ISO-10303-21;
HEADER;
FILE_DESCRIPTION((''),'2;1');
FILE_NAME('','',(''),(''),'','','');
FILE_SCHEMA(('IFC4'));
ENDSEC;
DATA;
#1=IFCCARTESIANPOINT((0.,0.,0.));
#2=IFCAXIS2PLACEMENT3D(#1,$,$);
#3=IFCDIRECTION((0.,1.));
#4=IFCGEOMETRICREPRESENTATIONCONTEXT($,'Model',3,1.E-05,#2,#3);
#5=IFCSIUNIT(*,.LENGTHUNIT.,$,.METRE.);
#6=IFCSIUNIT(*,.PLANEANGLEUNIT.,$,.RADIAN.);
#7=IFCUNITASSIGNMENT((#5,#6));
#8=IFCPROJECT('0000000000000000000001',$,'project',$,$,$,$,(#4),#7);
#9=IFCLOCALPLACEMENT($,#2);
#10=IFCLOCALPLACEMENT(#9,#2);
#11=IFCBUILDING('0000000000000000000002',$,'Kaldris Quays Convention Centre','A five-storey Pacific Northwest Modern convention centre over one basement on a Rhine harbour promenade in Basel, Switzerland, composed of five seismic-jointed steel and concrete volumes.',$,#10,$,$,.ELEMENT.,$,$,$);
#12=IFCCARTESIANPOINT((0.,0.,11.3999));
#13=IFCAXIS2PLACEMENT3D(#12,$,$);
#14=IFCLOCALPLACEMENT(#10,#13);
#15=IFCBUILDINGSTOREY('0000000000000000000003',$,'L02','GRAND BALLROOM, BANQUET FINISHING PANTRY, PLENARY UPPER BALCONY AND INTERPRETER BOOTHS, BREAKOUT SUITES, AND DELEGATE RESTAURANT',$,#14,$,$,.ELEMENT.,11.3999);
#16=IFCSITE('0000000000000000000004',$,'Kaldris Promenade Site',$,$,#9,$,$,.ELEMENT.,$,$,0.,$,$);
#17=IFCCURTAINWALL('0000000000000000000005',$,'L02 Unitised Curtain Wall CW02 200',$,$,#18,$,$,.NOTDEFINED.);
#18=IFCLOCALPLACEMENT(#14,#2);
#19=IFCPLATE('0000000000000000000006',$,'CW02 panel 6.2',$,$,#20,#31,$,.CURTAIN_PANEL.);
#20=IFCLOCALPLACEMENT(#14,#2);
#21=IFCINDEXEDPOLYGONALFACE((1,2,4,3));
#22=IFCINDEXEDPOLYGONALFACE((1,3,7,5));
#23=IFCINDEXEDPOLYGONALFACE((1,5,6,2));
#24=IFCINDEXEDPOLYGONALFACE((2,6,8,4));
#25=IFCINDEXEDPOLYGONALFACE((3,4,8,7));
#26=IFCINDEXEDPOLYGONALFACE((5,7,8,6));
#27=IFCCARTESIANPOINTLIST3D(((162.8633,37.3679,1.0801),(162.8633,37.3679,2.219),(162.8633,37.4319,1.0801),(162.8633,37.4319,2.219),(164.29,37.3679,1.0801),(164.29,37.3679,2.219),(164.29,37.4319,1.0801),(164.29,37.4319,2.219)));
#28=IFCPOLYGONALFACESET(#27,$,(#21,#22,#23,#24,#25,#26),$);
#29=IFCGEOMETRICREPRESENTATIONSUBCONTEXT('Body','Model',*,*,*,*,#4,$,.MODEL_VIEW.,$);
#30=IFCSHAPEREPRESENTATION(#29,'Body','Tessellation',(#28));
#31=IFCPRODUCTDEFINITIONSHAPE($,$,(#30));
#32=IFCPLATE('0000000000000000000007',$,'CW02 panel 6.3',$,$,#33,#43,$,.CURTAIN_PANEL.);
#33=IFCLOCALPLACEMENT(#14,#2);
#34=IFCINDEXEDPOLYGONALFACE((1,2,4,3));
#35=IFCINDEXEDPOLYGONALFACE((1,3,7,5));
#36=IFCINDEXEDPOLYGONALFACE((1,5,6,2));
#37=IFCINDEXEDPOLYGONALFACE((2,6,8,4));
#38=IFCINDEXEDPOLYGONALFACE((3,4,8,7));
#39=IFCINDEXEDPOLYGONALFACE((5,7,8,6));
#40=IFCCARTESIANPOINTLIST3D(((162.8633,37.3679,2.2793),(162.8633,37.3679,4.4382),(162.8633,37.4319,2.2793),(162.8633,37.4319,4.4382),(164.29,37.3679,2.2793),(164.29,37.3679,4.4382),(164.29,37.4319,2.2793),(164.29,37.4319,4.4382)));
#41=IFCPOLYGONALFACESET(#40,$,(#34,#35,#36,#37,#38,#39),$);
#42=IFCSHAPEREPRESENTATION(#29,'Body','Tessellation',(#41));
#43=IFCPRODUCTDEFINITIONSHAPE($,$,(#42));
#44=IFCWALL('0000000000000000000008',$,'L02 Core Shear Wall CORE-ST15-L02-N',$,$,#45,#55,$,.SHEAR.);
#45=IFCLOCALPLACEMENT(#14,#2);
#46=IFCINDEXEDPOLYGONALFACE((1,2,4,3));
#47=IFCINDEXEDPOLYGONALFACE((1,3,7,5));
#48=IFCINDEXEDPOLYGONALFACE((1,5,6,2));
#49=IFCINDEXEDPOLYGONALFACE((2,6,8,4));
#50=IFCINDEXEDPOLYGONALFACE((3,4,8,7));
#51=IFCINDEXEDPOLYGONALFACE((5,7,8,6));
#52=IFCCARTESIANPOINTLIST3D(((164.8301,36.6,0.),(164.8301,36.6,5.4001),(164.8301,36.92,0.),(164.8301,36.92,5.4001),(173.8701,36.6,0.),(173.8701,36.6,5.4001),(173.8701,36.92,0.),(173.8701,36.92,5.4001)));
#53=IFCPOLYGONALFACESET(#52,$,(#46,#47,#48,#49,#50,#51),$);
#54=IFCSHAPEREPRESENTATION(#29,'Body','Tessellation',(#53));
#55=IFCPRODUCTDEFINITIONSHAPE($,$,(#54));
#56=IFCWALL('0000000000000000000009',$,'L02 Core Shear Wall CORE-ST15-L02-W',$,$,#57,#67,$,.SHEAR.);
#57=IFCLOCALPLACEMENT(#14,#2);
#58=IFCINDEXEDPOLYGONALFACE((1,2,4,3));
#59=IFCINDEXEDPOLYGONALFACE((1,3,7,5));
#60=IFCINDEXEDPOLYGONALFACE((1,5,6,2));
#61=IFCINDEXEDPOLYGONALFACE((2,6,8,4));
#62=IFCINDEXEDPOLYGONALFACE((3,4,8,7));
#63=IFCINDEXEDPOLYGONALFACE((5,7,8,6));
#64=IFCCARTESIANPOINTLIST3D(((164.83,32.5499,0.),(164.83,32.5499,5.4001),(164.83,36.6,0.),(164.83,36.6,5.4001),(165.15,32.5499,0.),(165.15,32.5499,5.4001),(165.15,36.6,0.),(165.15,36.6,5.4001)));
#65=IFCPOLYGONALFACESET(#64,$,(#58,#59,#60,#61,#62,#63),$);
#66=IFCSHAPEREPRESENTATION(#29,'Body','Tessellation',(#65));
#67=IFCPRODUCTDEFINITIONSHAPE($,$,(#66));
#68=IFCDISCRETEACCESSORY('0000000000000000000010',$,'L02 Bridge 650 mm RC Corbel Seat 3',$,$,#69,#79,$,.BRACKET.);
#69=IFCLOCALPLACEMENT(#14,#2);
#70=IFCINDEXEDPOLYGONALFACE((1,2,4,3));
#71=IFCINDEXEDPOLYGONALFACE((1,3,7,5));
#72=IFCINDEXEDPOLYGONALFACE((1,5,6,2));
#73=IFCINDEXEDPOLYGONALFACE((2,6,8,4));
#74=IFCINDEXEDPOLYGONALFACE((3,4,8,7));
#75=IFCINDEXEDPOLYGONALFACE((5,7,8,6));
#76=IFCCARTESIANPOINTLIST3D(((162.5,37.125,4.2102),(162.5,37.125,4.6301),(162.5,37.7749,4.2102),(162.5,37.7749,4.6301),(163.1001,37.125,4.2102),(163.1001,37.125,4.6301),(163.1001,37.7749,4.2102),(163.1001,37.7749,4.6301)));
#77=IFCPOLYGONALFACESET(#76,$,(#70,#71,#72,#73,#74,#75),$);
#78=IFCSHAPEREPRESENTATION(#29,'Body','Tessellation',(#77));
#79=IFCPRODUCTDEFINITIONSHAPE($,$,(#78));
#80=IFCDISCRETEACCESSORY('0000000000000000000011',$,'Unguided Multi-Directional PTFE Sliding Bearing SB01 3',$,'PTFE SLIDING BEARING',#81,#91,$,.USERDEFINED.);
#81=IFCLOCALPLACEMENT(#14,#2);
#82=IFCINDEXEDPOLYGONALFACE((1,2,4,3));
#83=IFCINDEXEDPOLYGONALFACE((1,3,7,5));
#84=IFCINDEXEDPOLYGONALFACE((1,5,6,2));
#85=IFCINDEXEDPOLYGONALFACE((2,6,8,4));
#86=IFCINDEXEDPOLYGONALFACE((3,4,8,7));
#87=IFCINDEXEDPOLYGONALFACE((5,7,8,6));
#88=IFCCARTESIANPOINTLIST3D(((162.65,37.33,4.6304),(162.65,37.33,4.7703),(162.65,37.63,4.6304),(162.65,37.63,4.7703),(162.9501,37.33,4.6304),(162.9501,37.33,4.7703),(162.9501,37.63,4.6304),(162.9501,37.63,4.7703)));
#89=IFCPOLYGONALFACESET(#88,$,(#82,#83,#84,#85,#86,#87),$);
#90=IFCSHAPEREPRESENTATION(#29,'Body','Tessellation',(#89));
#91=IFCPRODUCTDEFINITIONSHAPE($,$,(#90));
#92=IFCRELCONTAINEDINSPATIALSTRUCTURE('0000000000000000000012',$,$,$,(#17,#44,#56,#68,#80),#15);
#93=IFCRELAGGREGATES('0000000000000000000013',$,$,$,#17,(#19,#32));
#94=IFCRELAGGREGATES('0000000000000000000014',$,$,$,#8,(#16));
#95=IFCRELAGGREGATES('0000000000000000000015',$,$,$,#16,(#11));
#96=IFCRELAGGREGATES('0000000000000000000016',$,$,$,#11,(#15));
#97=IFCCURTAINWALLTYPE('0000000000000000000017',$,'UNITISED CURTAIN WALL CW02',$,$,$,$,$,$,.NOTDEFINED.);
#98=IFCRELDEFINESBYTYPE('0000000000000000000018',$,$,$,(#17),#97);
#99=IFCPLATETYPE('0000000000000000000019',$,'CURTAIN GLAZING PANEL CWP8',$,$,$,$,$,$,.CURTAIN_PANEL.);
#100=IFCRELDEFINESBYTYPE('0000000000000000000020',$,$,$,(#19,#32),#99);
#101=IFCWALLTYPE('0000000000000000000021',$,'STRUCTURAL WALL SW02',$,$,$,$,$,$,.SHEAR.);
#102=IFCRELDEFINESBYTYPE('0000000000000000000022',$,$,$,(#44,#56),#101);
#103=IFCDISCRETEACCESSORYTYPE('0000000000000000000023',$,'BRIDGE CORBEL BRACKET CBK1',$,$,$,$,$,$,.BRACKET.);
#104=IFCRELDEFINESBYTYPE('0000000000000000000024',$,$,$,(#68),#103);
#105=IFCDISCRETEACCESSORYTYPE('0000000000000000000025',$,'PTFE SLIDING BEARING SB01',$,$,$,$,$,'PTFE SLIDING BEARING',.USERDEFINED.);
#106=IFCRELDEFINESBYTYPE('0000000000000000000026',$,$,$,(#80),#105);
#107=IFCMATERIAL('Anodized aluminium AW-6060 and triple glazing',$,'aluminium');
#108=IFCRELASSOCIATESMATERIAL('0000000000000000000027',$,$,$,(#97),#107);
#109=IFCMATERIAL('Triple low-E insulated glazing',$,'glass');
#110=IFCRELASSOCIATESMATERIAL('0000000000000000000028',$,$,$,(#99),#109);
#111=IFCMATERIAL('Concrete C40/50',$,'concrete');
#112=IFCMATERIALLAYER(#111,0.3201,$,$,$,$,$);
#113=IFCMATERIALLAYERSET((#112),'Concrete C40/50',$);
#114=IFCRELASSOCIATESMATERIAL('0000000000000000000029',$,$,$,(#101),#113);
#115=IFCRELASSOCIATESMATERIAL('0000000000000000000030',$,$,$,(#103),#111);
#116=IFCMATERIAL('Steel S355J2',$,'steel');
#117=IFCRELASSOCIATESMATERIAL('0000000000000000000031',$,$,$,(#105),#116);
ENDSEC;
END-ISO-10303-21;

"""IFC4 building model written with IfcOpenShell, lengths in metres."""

from ifc_helpers import new_model, si_unit, direction, frame, frame_2d, origin, origin_2d, place, context, subcontext, project, spatial, rectangle, extrude, material, layer, layer_set, type_object, element, aggregate, save


model = new_model("IFC4")

# Units and contexts
model_context = context("Model", 3, precision=1e-05, world=origin(), true_north=direction((0.0, 1.0)))
body_context = subcontext(model_context, "Body", "Model", "MODEL_VIEW")
ifc_project = project(units=[si_unit("LENGTHUNIT", "METRE"), si_unit("PLANEANGLEUNIT", "RADIAN")], contexts=[model_context])

# Site, building, storey
site_placement = place(None, origin())
site = spatial("IfcSite", under=ifc_project, at=site_placement, Name="Kaldris Promenade Site", CompositionType="ELEMENT", RefElevation=0.0)
building_placement = place(site_placement, origin())
building = spatial("IfcBuilding", under=site, at=building_placement, Name="Kaldris Quays Convention Centre", Description="A five-storey Pacific Northwest Modern convention centre over one basement on a Rhine harbour promenade in Basel, Switzerland, composed of five seismic-jointed steel and concrete volumes.", CompositionType="ELEMENT")
storey_placement = place(building_placement, frame((0.0, 0.0, 11.3999)))
storey = spatial("IfcBuildingStorey", under=building, at=storey_placement, Name="L02", Description="GRAND BALLROOM, BANQUET FINISHING PANTRY, PLENARY UPPER BALCONY AND INTERPRETER BOOTHS, BREAKOUT SUITES, AND DELEGATE RESTAURANT", CompositionType="ELEMENT", Elevation=11.3999)

# Shared definitions
ifc_material_1 = material(Name="Steel S355J2", Category="steel")

# Curtain wall
ifc_material_2 = material(Name="Anodized aluminium AW-6060 and triple glazing", Category="aluminium")
curtain_wall_type = type_object("IfcCurtainWallType", Name="UNITISED CURTAIN WALL CW02", PredefinedType="NOTDEFINED", material=ifc_material_2)
curtain_wall_1_placement = place(storey_placement, origin())
curtain_wall_1 = element("IfcCurtainWall", 1, at=curtain_wall_1_placement, inside=storey, type_object=curtain_wall_type, Name="L02 Unitised Curtain Wall CW02 200", PredefinedType="NOTDEFINED")

# Plates
ifc_material_3 = material(Name="Triple low-E insulated glazing", Category="glass")
plate_type = type_object("IfcPlateType", Name="CURTAIN GLAZING PANEL CWP8", PredefinedType="CURTAIN_PANEL", material=ifc_material_3)
plate_1_placement = place(storey_placement, frame((163.5767, 37.3999, 1.0801), z_axis=(0.0, 0.0, 1.0), x_axis=(1.0, 0.0, 0.0)))
plate_1 = element("IfcPlate", 2, at=plate_1_placement, type_object=plate_type, Name="CW02 panel 6.2", PredefinedType="CURTAIN_PANEL", context=body_context, shape_type="SweptSolid", body=[
    extrude(rectangle(XDim=1.4268, YDim=0.064, at=origin_2d()), origin(), (0.0, 0.0, 1.0), 1.1389),
])
plate_2_placement = place(storey_placement, frame((163.5767, 37.3999, 2.2793), z_axis=(0.0, 0.0, 1.0), x_axis=(1.0, 0.0, 0.0)))
plate_2 = element("IfcPlate", 3, at=plate_2_placement, type_object=plate_type, Name="CW02 panel 6.3", PredefinedType="CURTAIN_PANEL", context=body_context, shape_type="SweptSolid", body=[
    extrude(rectangle(XDim=1.4268, YDim=0.064, at=origin_2d()), origin(), (0.0, 0.0, 1.0), 2.1589),
])
aggregate(curtain_wall_1, [plate_1, plate_2])

# Walls
ifc_material_4 = material(Name="Concrete C40/50", Category="concrete")
ifc_layer = layer(ifc_material_4, 0.3201)
ifc_layer_set = layer_set([ifc_layer], Name="Concrete C40/50")
wall_type = type_object("IfcWallType", Name="STRUCTURAL WALL SW02", PredefinedType="SHEAR", material=ifc_layer_set)
wall_1_placement = place(storey_placement, frame((164.8301, 36.76, 0.0), z_axis=(0.0, 0.0, 1.0), x_axis=(1.0, 0.0, 0.0)))
element("IfcWall", 4, at=wall_1_placement, inside=storey, type_object=wall_type, Name="L02 Core Shear Wall CORE-ST15-L02-N", PredefinedType="SHEAR", context=body_context, shape_type="SweptSolid", body=[
    extrude(rectangle(XDim=9.04, YDim=0.3201, at=frame_2d((4.52, 0.0))), origin(), (0.0, 0.0, 1.0), 5.4001),
])
wall_2_placement = place(storey_placement, frame((164.99, 32.55, 0.0), z_axis=(0.0, 0.0, 1.0), x_axis=(0.0, 1.0, 0.0)))
element("IfcWall", 5, at=wall_2_placement, inside=storey, type_object=wall_type, Name="L02 Core Shear Wall CORE-ST15-L02-W", PredefinedType="SHEAR", context=body_context, shape_type="SweptSolid", body=[
    extrude(rectangle(XDim=4.05, YDim=0.3201, at=frame_2d((2.0249, 0.0))), origin(), (0.0, 0.0, 1.0), 5.4001),
])

# Discrete accessories
discrete_accessory_type_1 = type_object("IfcDiscreteAccessoryType", Name="BRIDGE CORBEL BRACKET CBK1", PredefinedType="BRACKET", material=ifc_material_4)
discrete_accessory_1_placement = place(storey_placement, frame((162.8, 37.45, 4.2102), z_axis=(0.0, 0.0, 1.0), x_axis=(1.0, 0.0, 0.0)))
element("IfcDiscreteAccessory", 6, at=discrete_accessory_1_placement, inside=storey, type_object=discrete_accessory_type_1, Name="L02 Bridge 650 mm RC Corbel Seat 3", PredefinedType="BRACKET", context=body_context, shape_type="SweptSolid", body=[
    extrude(rectangle(XDim=0.6001, YDim=0.6499, at=origin_2d()), origin(), (0.0, 0.0, 1.0), 0.4199),
])
discrete_accessory_type_2 = type_object("IfcDiscreteAccessoryType", Name="PTFE SLIDING BEARING SB01", ElementType="PTFE SLIDING BEARING", PredefinedType="USERDEFINED", material=ifc_material_1)
discrete_accessory_2_placement = place(storey_placement, frame((162.8, 37.48, 4.6304), z_axis=(0.0, 0.0, 1.0), x_axis=(1.0, 0.0, 0.0)))
element("IfcDiscreteAccessory", 7, at=discrete_accessory_2_placement, inside=storey, type_object=discrete_accessory_type_2, Name="Unguided Multi-Directional PTFE Sliding Bearing SB01 3", ObjectType="PTFE SLIDING BEARING", PredefinedType="USERDEFINED", context=body_context, shape_type="SweptSolid", body=[
    extrude(rectangle(XDim=0.3, YDim=0.3, at=origin_2d()), origin(), (0.0, 0.0, 1.0), 0.1399),
])

save(model, "model.ifc")
